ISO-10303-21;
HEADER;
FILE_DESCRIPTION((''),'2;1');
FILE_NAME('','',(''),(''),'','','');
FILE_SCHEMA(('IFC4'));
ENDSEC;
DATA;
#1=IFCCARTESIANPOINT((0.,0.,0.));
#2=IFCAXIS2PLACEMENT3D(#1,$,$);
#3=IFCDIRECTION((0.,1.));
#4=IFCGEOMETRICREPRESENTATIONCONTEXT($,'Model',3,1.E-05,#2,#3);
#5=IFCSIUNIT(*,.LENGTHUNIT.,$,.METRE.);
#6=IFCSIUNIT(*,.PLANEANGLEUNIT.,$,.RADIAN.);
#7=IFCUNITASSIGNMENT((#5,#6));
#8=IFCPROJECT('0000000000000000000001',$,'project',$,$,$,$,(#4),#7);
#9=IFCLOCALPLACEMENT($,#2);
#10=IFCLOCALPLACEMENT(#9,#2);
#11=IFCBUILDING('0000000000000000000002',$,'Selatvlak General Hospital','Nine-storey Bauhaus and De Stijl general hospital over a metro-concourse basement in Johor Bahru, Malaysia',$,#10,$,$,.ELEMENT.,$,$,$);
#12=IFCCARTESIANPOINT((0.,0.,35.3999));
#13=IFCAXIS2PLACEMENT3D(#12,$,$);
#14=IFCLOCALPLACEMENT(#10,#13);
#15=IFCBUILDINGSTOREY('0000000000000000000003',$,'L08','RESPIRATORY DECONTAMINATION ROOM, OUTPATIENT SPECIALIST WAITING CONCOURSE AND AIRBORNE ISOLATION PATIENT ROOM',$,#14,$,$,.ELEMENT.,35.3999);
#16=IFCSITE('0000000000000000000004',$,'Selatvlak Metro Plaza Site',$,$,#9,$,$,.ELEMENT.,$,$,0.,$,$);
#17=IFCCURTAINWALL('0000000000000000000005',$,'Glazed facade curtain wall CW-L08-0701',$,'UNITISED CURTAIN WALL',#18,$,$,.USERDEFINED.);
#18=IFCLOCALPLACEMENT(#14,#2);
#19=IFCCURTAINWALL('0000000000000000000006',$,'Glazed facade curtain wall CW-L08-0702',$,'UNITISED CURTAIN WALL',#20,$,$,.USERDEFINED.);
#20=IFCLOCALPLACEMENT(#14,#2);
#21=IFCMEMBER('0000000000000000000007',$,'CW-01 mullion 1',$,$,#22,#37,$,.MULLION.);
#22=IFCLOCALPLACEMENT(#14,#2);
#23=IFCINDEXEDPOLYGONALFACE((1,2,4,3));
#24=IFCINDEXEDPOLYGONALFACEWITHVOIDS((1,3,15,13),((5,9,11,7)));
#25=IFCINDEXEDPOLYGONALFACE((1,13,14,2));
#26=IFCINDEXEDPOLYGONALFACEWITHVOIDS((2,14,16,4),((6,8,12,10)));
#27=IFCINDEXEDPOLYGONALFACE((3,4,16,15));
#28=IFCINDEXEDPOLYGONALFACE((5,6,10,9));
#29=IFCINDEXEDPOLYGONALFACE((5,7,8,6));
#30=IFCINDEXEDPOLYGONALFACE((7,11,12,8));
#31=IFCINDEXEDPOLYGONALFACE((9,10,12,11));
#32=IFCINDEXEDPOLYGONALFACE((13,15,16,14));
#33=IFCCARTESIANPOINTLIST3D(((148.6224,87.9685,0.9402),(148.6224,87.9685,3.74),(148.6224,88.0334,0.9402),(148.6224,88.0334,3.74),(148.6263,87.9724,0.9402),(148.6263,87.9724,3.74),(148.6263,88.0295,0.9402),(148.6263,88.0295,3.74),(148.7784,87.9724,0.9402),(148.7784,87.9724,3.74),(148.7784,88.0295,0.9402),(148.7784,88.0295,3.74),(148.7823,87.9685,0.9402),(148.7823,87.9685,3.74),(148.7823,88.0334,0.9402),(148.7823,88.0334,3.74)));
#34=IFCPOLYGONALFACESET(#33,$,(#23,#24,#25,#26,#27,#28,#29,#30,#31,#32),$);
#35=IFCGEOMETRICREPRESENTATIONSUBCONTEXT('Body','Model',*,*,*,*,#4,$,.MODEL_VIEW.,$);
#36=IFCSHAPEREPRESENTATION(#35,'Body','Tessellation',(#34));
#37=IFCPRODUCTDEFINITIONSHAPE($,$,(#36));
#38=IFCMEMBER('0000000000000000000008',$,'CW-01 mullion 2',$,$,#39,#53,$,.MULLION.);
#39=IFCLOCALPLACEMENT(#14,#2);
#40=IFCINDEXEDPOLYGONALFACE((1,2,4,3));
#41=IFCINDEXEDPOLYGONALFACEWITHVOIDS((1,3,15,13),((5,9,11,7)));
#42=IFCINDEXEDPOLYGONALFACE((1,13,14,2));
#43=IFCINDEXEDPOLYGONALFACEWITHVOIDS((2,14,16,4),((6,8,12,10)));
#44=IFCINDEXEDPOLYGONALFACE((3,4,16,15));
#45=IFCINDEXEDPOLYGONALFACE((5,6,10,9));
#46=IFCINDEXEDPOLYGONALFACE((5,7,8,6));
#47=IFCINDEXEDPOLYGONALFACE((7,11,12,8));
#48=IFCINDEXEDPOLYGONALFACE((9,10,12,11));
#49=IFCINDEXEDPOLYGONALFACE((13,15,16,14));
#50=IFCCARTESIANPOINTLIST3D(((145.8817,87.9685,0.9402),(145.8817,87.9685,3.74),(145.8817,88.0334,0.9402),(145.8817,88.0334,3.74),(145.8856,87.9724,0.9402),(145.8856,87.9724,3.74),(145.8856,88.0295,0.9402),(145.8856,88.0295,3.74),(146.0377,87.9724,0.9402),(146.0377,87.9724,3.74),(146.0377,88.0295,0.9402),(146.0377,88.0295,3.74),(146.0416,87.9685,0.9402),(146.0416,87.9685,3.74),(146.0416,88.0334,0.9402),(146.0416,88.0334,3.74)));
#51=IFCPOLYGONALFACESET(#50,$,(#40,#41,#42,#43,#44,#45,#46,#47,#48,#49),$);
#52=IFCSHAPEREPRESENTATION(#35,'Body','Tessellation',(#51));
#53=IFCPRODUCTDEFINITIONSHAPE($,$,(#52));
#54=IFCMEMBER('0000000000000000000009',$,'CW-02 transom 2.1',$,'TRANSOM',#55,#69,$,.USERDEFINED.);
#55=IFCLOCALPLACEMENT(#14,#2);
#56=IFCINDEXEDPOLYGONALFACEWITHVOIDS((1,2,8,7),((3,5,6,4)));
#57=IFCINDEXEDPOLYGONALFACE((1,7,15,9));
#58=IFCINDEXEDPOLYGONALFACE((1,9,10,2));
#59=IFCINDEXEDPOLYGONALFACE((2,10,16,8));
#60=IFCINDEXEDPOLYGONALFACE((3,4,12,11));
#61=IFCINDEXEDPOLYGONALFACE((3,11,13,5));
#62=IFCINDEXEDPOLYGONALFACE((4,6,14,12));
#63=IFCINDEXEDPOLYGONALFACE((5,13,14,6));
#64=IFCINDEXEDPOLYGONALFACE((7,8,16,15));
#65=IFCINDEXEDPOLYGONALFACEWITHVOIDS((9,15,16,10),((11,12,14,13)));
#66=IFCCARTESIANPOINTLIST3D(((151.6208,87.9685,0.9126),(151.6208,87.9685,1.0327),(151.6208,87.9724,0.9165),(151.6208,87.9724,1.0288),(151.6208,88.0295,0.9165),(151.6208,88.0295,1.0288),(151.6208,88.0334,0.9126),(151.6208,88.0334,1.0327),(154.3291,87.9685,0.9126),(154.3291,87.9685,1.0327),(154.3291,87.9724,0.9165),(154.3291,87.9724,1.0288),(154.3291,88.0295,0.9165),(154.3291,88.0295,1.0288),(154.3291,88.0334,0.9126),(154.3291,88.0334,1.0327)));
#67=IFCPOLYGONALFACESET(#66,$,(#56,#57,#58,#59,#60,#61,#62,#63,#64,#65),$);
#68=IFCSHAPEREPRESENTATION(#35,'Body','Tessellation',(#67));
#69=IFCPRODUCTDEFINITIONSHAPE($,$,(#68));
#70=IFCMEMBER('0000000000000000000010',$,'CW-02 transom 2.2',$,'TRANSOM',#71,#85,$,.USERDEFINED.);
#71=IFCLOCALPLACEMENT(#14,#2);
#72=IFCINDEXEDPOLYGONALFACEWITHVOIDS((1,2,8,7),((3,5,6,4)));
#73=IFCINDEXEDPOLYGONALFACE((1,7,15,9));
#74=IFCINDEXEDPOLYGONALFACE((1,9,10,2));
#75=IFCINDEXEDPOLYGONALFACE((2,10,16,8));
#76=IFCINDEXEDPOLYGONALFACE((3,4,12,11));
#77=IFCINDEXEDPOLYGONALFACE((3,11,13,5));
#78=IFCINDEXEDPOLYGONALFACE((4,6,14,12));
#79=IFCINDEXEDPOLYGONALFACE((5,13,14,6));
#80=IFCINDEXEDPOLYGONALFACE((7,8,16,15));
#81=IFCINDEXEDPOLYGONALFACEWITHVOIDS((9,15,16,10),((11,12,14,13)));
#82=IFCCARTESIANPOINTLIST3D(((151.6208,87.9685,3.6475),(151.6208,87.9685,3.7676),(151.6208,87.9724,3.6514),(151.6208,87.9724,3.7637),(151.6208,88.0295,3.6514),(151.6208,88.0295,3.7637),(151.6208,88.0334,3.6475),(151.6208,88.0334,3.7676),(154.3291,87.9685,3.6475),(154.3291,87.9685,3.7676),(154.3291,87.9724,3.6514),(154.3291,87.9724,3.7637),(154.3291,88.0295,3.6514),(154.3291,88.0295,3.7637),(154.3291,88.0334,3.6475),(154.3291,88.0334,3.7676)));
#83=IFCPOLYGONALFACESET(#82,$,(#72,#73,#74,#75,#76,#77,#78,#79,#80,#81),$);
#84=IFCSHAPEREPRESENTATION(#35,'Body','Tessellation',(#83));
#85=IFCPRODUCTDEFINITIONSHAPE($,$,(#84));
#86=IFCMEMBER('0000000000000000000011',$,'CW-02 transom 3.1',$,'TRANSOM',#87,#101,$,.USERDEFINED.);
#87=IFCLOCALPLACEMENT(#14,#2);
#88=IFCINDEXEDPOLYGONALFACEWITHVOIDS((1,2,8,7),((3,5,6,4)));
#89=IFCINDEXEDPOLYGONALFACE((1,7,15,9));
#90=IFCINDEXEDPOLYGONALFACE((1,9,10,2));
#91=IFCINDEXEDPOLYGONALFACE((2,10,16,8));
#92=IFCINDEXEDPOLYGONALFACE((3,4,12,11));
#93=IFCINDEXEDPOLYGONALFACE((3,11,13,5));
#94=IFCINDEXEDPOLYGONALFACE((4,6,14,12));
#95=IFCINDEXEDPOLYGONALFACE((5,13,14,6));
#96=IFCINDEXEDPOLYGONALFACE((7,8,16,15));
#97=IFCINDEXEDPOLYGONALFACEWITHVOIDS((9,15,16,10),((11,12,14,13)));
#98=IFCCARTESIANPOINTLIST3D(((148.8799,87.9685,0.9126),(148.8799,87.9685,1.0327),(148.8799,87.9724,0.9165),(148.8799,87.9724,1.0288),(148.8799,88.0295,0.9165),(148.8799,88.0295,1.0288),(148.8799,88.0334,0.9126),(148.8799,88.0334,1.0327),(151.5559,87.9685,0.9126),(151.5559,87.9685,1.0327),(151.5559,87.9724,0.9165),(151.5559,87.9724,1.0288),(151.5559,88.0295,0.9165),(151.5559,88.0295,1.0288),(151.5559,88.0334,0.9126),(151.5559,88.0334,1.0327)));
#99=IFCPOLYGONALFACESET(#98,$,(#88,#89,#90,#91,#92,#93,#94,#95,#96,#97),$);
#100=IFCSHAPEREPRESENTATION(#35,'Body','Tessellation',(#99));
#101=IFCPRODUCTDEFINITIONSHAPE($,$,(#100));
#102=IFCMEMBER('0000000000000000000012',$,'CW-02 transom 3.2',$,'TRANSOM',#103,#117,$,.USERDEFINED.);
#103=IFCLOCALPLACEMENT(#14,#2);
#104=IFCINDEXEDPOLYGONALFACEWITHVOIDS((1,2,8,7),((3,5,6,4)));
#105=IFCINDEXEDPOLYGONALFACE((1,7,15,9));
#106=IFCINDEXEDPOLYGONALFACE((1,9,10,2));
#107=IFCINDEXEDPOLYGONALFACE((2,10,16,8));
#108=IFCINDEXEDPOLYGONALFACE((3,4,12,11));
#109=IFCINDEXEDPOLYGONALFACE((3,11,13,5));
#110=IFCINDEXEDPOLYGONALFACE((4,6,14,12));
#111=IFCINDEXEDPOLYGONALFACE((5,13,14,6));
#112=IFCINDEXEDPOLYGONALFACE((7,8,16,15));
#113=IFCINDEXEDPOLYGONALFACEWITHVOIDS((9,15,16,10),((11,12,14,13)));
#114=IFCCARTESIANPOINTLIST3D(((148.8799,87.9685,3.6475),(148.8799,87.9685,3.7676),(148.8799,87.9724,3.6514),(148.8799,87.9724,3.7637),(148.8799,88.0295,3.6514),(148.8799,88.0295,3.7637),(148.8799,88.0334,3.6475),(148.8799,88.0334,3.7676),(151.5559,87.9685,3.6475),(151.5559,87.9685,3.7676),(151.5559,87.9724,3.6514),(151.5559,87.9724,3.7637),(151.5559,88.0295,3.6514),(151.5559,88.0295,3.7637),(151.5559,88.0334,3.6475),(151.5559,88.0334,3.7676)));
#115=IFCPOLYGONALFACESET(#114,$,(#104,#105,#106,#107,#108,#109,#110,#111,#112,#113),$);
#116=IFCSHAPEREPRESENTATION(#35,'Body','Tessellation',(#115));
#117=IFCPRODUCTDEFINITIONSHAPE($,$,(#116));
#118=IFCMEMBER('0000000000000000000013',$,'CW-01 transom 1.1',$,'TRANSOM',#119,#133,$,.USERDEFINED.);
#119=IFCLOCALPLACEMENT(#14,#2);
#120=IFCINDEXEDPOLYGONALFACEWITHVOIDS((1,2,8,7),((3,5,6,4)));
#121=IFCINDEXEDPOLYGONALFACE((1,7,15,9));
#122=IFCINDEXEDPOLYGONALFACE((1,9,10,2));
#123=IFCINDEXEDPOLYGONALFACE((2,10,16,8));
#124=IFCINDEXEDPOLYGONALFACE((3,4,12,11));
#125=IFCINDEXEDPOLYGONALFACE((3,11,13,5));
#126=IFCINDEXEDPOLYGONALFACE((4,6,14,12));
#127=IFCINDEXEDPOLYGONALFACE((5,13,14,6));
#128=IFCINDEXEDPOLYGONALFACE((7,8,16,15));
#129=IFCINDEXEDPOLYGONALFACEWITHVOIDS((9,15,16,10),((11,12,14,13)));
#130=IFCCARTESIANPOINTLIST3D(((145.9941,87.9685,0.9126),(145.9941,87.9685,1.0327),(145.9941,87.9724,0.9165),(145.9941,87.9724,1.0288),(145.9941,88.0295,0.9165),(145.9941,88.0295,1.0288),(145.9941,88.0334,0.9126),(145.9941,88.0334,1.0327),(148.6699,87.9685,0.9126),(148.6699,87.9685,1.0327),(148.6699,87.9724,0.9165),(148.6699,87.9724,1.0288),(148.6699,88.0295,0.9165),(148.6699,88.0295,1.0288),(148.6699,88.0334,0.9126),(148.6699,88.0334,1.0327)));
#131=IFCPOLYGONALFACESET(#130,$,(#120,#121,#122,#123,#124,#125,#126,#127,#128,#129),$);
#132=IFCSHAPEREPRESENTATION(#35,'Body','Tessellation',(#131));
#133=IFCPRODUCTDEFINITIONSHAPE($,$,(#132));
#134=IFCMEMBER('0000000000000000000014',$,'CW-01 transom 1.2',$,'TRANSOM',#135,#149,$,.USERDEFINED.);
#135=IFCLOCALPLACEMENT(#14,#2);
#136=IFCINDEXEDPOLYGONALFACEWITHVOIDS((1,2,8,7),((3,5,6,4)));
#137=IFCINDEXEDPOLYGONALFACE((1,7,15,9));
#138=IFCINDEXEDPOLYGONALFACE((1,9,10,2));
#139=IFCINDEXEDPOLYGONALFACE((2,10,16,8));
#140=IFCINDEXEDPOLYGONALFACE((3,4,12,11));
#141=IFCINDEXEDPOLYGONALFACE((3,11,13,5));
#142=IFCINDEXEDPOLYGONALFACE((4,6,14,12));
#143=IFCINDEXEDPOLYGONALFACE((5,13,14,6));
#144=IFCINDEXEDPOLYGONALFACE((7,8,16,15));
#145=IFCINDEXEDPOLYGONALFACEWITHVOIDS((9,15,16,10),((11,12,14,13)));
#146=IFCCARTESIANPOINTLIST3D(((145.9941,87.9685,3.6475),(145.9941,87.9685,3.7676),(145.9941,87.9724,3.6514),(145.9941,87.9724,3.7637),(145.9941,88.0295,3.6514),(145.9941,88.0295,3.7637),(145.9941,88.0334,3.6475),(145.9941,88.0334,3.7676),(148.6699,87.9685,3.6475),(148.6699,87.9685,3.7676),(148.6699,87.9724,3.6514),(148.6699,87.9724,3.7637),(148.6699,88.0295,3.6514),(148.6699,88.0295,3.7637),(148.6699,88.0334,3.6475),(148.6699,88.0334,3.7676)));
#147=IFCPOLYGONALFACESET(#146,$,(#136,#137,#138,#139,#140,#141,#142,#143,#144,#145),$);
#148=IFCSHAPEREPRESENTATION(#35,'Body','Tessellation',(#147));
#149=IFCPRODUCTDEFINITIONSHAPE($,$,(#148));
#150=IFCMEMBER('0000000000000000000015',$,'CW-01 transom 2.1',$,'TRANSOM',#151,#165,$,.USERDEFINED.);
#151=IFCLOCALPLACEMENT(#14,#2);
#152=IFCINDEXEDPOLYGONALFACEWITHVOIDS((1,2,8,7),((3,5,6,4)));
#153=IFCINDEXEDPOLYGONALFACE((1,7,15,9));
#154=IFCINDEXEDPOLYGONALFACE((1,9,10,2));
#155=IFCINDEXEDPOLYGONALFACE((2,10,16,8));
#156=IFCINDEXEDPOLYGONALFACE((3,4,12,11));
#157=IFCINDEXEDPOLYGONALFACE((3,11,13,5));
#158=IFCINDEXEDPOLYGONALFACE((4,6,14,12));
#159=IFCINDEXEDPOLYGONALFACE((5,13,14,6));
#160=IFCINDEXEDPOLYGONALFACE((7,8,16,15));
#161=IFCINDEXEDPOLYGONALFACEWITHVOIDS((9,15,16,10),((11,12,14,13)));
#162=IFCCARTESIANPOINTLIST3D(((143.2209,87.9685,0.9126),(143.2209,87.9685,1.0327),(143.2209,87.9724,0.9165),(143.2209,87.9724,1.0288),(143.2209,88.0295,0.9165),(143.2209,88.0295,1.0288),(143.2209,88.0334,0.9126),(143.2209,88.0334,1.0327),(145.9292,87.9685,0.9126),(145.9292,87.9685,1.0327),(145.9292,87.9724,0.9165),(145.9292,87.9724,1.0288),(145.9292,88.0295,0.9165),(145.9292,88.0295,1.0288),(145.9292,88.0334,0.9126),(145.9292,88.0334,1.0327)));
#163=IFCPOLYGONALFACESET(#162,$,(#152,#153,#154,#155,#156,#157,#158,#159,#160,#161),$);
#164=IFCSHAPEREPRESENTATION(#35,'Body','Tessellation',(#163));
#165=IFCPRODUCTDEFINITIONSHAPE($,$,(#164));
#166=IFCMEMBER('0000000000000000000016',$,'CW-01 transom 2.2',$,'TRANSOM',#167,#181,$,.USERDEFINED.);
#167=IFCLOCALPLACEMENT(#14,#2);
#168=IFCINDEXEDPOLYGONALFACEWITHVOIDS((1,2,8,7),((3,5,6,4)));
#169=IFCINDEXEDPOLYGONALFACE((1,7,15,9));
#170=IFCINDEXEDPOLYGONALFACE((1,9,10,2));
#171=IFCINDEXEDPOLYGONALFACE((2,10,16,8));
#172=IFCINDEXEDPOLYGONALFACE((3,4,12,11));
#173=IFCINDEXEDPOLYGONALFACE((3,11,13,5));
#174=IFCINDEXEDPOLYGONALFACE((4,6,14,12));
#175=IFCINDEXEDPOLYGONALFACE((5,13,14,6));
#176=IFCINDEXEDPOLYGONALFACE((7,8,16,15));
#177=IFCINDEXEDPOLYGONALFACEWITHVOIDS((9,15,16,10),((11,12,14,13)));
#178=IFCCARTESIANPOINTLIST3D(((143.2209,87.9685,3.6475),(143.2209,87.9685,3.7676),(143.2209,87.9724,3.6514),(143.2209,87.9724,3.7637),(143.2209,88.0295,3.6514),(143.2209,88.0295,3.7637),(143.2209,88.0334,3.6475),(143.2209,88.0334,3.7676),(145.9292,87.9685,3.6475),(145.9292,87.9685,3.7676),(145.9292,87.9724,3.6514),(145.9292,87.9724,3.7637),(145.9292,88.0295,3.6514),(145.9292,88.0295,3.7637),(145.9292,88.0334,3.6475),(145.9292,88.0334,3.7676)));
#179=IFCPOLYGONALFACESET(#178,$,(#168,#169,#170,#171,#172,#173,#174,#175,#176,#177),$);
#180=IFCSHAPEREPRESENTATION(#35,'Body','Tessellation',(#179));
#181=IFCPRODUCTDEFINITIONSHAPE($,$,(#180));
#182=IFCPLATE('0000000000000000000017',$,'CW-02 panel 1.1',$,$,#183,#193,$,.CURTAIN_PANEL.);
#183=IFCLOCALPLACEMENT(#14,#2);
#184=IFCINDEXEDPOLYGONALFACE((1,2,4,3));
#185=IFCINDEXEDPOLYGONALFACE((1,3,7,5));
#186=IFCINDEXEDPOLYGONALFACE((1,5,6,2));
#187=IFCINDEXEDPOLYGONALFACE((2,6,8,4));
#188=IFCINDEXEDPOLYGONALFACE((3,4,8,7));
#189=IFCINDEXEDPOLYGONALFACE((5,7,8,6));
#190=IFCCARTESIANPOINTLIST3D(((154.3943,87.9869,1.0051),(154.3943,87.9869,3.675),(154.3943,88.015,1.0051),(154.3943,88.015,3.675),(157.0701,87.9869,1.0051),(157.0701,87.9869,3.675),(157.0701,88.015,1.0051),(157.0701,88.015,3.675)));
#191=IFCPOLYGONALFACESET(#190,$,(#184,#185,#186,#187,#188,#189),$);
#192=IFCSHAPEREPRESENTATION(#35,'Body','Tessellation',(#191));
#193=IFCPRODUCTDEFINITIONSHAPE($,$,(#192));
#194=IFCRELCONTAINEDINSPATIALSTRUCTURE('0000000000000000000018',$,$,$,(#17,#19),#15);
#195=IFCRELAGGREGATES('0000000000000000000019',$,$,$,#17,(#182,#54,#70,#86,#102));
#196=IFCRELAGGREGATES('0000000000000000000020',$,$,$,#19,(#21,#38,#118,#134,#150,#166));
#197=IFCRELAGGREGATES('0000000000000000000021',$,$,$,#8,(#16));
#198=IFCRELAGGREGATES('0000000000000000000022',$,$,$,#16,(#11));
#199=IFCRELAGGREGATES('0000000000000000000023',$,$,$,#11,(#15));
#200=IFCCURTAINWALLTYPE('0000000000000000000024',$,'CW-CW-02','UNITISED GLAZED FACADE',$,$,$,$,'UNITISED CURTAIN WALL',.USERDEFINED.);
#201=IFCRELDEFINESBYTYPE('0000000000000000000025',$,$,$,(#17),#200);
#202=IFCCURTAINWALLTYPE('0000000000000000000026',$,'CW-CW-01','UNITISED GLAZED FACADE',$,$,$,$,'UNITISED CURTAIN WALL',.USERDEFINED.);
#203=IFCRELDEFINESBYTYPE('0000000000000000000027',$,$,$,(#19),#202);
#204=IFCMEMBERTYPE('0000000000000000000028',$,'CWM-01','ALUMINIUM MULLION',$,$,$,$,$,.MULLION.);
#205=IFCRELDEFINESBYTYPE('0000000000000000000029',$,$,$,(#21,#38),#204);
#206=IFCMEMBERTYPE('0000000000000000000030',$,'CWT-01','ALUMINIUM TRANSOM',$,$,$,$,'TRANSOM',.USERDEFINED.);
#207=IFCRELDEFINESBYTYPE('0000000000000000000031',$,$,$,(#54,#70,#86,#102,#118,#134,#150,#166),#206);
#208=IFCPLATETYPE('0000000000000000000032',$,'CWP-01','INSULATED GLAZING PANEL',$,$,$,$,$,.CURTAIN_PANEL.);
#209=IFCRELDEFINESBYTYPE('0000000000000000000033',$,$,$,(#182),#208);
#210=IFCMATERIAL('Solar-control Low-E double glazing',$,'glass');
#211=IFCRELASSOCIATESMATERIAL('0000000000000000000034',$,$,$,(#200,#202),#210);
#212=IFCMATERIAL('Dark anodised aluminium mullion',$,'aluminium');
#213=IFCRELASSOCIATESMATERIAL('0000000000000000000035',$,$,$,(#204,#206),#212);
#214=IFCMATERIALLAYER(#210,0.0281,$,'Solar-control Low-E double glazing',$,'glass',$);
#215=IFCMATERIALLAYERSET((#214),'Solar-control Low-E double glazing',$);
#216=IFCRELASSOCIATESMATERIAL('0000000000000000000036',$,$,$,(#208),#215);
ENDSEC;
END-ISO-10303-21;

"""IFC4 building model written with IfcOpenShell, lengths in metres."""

from ifc_helpers import new_model, si_unit, direction, frame, origin, origin_2d, place, context, subcontext, project, spatial, rectangle, hollow_rectangle, extrude, material, layer, layer_set, material_profile, profile_set, type_object, element, aggregate, save


model = new_model("IFC4")

# Units and contexts
model_context = context("Model", 3, precision=1e-05, world=origin(), true_north=direction((0.0, 1.0)))
body_context = subcontext(model_context, "Body", "Model", "MODEL_VIEW")
ifc_project = project(units=[si_unit("LENGTHUNIT", "METRE"), si_unit("PLANEANGLEUNIT", "RADIAN")], contexts=[model_context])

# Site, building, storey
site_placement = place(None, origin())
site = spatial("IfcSite", under=ifc_project, at=site_placement, Name="Selatvlak Metro Plaza Site", CompositionType="ELEMENT", RefElevation=0.0)
building_placement = place(site_placement, origin())
building = spatial("IfcBuilding", under=site, at=building_placement, Name="Selatvlak General Hospital", Description="Nine-storey Bauhaus and De Stijl general hospital over a metro-concourse basement in Johor Bahru, Malaysia", CompositionType="ELEMENT")
storey_placement = place(building_placement, frame((0.0, 0.0, 35.3999)))
storey = spatial("IfcBuildingStorey", under=building, at=storey_placement, Name="L08", Description="RESPIRATORY DECONTAMINATION ROOM, OUTPATIENT SPECIALIST WAITING CONCOURSE AND AIRBORNE ISOLATION PATIENT ROOM", CompositionType="ELEMENT", Elevation=35.3999)

# Curtain walls, members
ifc_material_1 = material(Name="Solar-control Low-E double glazing", Category="glass")
curtain_wall_type_1 = type_object("IfcCurtainWallType", Name="CW-CW-02", Description="UNITISED GLAZED FACADE", ElementType="UNITISED CURTAIN WALL", PredefinedType="USERDEFINED", material=ifc_material_1)
curtain_wall_1_placement = place(storey_placement, origin())
curtain_wall_1 = element("IfcCurtainWall", 1, at=curtain_wall_1_placement, inside=storey, type_object=curtain_wall_type_1, Name="Glazed facade curtain wall CW-L08-0701", ObjectType="UNITISED CURTAIN WALL", PredefinedType="USERDEFINED")
ifc_material_2 = material(Name="Dark anodised aluminium mullion", Category="aluminium")
ifc_material_profile_1 = material_profile(ifc_material_2, hollow_rectangle(XDim=0.0649, YDim=0.1599, WallThickness=0.0039, at=origin_2d()), Name="AL-MUL 65x160x4")
ifc_profile_set_1 = profile_set([ifc_material_profile_1], Name="Dark anodised aluminium mullion")
member_type_1 = type_object("IfcMemberType", Name="CWM-01", Description="ALUMINIUM MULLION", PredefinedType="MULLION", material=ifc_profile_set_1)
curtain_wall_type_2 = type_object("IfcCurtainWallType", Name="CW-CW-01", Description="UNITISED GLAZED FACADE", ElementType="UNITISED CURTAIN WALL", PredefinedType="USERDEFINED", material=ifc_material_1)
curtain_wall_2_placement = place(storey_placement, origin())
curtain_wall_2 = element("IfcCurtainWall", 2, at=curtain_wall_2_placement, inside=storey, type_object=curtain_wall_type_2, Name="Glazed facade curtain wall CW-L08-0702", ObjectType="UNITISED CURTAIN WALL", PredefinedType="USERDEFINED")
member_1_placement = place(storey_placement, frame((148.7024, 88.001, 0.9402), z_axis=(0.0, 0.0, 1.0), x_axis=(0.0, -1.0, 0.0)))
member_1 = element("IfcMember", 3, at=member_1_placement, type_object=member_type_1, Name="CW-01 mullion 1", PredefinedType="MULLION", context=body_context, shape_type="SweptSolid", body=[
    extrude(hollow_rectangle(XDim=0.0649, YDim=0.1599, WallThickness=0.0039, at=origin_2d()), origin(), (0.0, 0.0, 1.0), 2.7998),
])
member_2_placement = place(storey_placement, frame((145.9617, 88.001, 0.9402), z_axis=(0.0, 0.0, 1.0), x_axis=(0.0, -1.0, 0.0)))
member_2 = element("IfcMember", 4, at=member_2_placement, type_object=member_type_1, Name="CW-01 mullion 2", PredefinedType="MULLION", context=body_context, shape_type="SweptSolid", body=[
    extrude(hollow_rectangle(XDim=0.0649, YDim=0.1599, WallThickness=0.0039, at=origin_2d()), origin(), (0.0, 0.0, 1.0), 2.7998),
])

# Members
ifc_material_profile_2 = material_profile(ifc_material_2, hollow_rectangle(XDim=0.0649, YDim=0.1201, WallThickness=0.0039, at=origin_2d()), Name="AL-TRN 65x120x4")
ifc_profile_set_2 = profile_set([ifc_material_profile_2], Name="Dark anodised aluminium mullion")
member_type_2 = type_object("IfcMemberType", Name="CWT-01", Description="ALUMINIUM TRANSOM", ElementType="TRANSOM", PredefinedType="USERDEFINED", material=ifc_profile_set_2)
member_3_placement = place(storey_placement, frame((154.3291, 88.001, 0.9727), z_axis=(-1.0, 0.0, 0.0), x_axis=(0.0, -1.0, 0.0)))
member_3 = element("IfcMember", 5, at=member_3_placement, type_object=member_type_2, Name="CW-02 transom 2.1", ObjectType="TRANSOM", PredefinedType="USERDEFINED", context=body_context, shape_type="SweptSolid", body=[
    extrude(hollow_rectangle(XDim=0.0649, YDim=0.1201, WallThickness=0.0039, at=origin_2d()), origin(), (0.0, 0.0, 1.0), 2.7083),
])
member_4_placement = place(storey_placement, frame((154.3291, 88.001, 3.7075), z_axis=(-1.0, 0.0, 0.0), x_axis=(0.0, -1.0, 0.0)))
member_4 = element("IfcMember", 6, at=member_4_placement, type_object=member_type_2, Name="CW-02 transom 2.2", ObjectType="TRANSOM", PredefinedType="USERDEFINED", context=body_context, shape_type="SweptSolid", body=[
    extrude(hollow_rectangle(XDim=0.0649, YDim=0.1201, WallThickness=0.0039, at=origin_2d()), origin(), (0.0, 0.0, 1.0), 2.7083),
])
member_5_placement = place(storey_placement, frame((151.5559, 88.001, 0.9727), z_axis=(-1.0, 0.0, 0.0), x_axis=(0.0, -1.0, 0.0)))
member_5 = element("IfcMember", 7, at=member_5_placement, type_object=member_type_2, Name="CW-02 transom 3.1", ObjectType="TRANSOM", PredefinedType="USERDEFINED", context=body_context, shape_type="SweptSolid", body=[
    extrude(hollow_rectangle(XDim=0.0649, YDim=0.1201, WallThickness=0.0039, at=origin_2d()), origin(), (0.0, 0.0, 1.0), 2.676),
])
member_6_placement = place(storey_placement, frame((151.5559, 88.001, 3.7075), z_axis=(-1.0, 0.0, 0.0), x_axis=(0.0, -1.0, 0.0)))
member_6 = element("IfcMember", 8, at=member_6_placement, type_object=member_type_2, Name="CW-02 transom 3.2", ObjectType="TRANSOM", PredefinedType="USERDEFINED", context=body_context, shape_type="SweptSolid", body=[
    extrude(hollow_rectangle(XDim=0.0649, YDim=0.1201, WallThickness=0.0039, at=origin_2d()), origin(), (0.0, 0.0, 1.0), 2.676),
])
member_7_placement = place(storey_placement, frame((148.6699, 88.001, 0.9727), z_axis=(-1.0, 0.0, 0.0), x_axis=(0.0, -1.0, 0.0)))
member_7 = element("IfcMember", 9, at=member_7_placement, type_object=member_type_2, Name="CW-01 transom 1.1", ObjectType="TRANSOM", PredefinedType="USERDEFINED", context=body_context, shape_type="SweptSolid", body=[
    extrude(hollow_rectangle(XDim=0.0649, YDim=0.1201, WallThickness=0.0039, at=origin_2d()), origin(), (0.0, 0.0, 1.0), 2.6758),
])
member_8_placement = place(storey_placement, frame((148.6699, 88.001, 3.7075), z_axis=(-1.0, 0.0, 0.0), x_axis=(0.0, -1.0, 0.0)))
member_8 = element("IfcMember", 10, at=member_8_placement, type_object=member_type_2, Name="CW-01 transom 1.2", ObjectType="TRANSOM", PredefinedType="USERDEFINED", context=body_context, shape_type="SweptSolid", body=[
    extrude(hollow_rectangle(XDim=0.0649, YDim=0.1201, WallThickness=0.0039, at=origin_2d()), origin(), (0.0, 0.0, 1.0), 2.6758),
])
member_9_placement = place(storey_placement, frame((145.9292, 88.001, 0.9727), z_axis=(-1.0, 0.0, 0.0), x_axis=(0.0, -1.0, 0.0)))
member_9 = element("IfcMember", 11, at=member_9_placement, type_object=member_type_2, Name="CW-01 transom 2.1", ObjectType="TRANSOM", PredefinedType="USERDEFINED", context=body_context, shape_type="SweptSolid", body=[
    extrude(hollow_rectangle(XDim=0.0649, YDim=0.1201, WallThickness=0.0039, at=origin_2d()), origin(), (0.0, 0.0, 1.0), 2.7083),
])
member_10_placement = place(storey_placement, frame((145.9292, 88.001, 3.7075), z_axis=(-1.0, 0.0, 0.0), x_axis=(0.0, -1.0, 0.0)))
member_10 = element("IfcMember", 12, at=member_10_placement, type_object=member_type_2, Name="CW-01 transom 2.2", ObjectType="TRANSOM", PredefinedType="USERDEFINED", context=body_context, shape_type="SweptSolid", body=[
    extrude(hollow_rectangle(XDim=0.0649, YDim=0.1201, WallThickness=0.0039, at=origin_2d()), origin(), (0.0, 0.0, 1.0), 2.7083),
])

# Plate
ifc_layer_1 = layer(ifc_material_1, 0.0281, Name="Solar-control Low-E double glazing", Category="glass")
ifc_layer_set_1 = layer_set([ifc_layer_1], Name="Solar-control Low-E double glazing")
plate_type = type_object("IfcPlateType", Name="CWP-01", Description="INSULATED GLAZING PANEL", PredefinedType="CURTAIN_PANEL", material=ifc_layer_set_1)
plate_1_placement = place(storey_placement, frame((155.7322, 88.001, 1.0051), z_axis=(0.0, 0.0, 1.0), x_axis=(-1.0, 0.0, 0.0)))
plate_1 = element("IfcPlate", 13, at=plate_1_placement, type_object=plate_type, Name="CW-02 panel 1.1", PredefinedType="CURTAIN_PANEL", context=body_context, shape_type="SweptSolid", body=[
    extrude(rectangle(XDim=2.6758, YDim=0.0281, at=origin_2d()), origin(), (0.0, 0.0, 1.0), 2.6699),
])
aggregate(curtain_wall_1, [plate_1, member_3, member_4, member_5, member_6])
aggregate(curtain_wall_2, [member_1, member_2, member_7, member_8, member_9, member_10])

save(model, "model.ifc")
